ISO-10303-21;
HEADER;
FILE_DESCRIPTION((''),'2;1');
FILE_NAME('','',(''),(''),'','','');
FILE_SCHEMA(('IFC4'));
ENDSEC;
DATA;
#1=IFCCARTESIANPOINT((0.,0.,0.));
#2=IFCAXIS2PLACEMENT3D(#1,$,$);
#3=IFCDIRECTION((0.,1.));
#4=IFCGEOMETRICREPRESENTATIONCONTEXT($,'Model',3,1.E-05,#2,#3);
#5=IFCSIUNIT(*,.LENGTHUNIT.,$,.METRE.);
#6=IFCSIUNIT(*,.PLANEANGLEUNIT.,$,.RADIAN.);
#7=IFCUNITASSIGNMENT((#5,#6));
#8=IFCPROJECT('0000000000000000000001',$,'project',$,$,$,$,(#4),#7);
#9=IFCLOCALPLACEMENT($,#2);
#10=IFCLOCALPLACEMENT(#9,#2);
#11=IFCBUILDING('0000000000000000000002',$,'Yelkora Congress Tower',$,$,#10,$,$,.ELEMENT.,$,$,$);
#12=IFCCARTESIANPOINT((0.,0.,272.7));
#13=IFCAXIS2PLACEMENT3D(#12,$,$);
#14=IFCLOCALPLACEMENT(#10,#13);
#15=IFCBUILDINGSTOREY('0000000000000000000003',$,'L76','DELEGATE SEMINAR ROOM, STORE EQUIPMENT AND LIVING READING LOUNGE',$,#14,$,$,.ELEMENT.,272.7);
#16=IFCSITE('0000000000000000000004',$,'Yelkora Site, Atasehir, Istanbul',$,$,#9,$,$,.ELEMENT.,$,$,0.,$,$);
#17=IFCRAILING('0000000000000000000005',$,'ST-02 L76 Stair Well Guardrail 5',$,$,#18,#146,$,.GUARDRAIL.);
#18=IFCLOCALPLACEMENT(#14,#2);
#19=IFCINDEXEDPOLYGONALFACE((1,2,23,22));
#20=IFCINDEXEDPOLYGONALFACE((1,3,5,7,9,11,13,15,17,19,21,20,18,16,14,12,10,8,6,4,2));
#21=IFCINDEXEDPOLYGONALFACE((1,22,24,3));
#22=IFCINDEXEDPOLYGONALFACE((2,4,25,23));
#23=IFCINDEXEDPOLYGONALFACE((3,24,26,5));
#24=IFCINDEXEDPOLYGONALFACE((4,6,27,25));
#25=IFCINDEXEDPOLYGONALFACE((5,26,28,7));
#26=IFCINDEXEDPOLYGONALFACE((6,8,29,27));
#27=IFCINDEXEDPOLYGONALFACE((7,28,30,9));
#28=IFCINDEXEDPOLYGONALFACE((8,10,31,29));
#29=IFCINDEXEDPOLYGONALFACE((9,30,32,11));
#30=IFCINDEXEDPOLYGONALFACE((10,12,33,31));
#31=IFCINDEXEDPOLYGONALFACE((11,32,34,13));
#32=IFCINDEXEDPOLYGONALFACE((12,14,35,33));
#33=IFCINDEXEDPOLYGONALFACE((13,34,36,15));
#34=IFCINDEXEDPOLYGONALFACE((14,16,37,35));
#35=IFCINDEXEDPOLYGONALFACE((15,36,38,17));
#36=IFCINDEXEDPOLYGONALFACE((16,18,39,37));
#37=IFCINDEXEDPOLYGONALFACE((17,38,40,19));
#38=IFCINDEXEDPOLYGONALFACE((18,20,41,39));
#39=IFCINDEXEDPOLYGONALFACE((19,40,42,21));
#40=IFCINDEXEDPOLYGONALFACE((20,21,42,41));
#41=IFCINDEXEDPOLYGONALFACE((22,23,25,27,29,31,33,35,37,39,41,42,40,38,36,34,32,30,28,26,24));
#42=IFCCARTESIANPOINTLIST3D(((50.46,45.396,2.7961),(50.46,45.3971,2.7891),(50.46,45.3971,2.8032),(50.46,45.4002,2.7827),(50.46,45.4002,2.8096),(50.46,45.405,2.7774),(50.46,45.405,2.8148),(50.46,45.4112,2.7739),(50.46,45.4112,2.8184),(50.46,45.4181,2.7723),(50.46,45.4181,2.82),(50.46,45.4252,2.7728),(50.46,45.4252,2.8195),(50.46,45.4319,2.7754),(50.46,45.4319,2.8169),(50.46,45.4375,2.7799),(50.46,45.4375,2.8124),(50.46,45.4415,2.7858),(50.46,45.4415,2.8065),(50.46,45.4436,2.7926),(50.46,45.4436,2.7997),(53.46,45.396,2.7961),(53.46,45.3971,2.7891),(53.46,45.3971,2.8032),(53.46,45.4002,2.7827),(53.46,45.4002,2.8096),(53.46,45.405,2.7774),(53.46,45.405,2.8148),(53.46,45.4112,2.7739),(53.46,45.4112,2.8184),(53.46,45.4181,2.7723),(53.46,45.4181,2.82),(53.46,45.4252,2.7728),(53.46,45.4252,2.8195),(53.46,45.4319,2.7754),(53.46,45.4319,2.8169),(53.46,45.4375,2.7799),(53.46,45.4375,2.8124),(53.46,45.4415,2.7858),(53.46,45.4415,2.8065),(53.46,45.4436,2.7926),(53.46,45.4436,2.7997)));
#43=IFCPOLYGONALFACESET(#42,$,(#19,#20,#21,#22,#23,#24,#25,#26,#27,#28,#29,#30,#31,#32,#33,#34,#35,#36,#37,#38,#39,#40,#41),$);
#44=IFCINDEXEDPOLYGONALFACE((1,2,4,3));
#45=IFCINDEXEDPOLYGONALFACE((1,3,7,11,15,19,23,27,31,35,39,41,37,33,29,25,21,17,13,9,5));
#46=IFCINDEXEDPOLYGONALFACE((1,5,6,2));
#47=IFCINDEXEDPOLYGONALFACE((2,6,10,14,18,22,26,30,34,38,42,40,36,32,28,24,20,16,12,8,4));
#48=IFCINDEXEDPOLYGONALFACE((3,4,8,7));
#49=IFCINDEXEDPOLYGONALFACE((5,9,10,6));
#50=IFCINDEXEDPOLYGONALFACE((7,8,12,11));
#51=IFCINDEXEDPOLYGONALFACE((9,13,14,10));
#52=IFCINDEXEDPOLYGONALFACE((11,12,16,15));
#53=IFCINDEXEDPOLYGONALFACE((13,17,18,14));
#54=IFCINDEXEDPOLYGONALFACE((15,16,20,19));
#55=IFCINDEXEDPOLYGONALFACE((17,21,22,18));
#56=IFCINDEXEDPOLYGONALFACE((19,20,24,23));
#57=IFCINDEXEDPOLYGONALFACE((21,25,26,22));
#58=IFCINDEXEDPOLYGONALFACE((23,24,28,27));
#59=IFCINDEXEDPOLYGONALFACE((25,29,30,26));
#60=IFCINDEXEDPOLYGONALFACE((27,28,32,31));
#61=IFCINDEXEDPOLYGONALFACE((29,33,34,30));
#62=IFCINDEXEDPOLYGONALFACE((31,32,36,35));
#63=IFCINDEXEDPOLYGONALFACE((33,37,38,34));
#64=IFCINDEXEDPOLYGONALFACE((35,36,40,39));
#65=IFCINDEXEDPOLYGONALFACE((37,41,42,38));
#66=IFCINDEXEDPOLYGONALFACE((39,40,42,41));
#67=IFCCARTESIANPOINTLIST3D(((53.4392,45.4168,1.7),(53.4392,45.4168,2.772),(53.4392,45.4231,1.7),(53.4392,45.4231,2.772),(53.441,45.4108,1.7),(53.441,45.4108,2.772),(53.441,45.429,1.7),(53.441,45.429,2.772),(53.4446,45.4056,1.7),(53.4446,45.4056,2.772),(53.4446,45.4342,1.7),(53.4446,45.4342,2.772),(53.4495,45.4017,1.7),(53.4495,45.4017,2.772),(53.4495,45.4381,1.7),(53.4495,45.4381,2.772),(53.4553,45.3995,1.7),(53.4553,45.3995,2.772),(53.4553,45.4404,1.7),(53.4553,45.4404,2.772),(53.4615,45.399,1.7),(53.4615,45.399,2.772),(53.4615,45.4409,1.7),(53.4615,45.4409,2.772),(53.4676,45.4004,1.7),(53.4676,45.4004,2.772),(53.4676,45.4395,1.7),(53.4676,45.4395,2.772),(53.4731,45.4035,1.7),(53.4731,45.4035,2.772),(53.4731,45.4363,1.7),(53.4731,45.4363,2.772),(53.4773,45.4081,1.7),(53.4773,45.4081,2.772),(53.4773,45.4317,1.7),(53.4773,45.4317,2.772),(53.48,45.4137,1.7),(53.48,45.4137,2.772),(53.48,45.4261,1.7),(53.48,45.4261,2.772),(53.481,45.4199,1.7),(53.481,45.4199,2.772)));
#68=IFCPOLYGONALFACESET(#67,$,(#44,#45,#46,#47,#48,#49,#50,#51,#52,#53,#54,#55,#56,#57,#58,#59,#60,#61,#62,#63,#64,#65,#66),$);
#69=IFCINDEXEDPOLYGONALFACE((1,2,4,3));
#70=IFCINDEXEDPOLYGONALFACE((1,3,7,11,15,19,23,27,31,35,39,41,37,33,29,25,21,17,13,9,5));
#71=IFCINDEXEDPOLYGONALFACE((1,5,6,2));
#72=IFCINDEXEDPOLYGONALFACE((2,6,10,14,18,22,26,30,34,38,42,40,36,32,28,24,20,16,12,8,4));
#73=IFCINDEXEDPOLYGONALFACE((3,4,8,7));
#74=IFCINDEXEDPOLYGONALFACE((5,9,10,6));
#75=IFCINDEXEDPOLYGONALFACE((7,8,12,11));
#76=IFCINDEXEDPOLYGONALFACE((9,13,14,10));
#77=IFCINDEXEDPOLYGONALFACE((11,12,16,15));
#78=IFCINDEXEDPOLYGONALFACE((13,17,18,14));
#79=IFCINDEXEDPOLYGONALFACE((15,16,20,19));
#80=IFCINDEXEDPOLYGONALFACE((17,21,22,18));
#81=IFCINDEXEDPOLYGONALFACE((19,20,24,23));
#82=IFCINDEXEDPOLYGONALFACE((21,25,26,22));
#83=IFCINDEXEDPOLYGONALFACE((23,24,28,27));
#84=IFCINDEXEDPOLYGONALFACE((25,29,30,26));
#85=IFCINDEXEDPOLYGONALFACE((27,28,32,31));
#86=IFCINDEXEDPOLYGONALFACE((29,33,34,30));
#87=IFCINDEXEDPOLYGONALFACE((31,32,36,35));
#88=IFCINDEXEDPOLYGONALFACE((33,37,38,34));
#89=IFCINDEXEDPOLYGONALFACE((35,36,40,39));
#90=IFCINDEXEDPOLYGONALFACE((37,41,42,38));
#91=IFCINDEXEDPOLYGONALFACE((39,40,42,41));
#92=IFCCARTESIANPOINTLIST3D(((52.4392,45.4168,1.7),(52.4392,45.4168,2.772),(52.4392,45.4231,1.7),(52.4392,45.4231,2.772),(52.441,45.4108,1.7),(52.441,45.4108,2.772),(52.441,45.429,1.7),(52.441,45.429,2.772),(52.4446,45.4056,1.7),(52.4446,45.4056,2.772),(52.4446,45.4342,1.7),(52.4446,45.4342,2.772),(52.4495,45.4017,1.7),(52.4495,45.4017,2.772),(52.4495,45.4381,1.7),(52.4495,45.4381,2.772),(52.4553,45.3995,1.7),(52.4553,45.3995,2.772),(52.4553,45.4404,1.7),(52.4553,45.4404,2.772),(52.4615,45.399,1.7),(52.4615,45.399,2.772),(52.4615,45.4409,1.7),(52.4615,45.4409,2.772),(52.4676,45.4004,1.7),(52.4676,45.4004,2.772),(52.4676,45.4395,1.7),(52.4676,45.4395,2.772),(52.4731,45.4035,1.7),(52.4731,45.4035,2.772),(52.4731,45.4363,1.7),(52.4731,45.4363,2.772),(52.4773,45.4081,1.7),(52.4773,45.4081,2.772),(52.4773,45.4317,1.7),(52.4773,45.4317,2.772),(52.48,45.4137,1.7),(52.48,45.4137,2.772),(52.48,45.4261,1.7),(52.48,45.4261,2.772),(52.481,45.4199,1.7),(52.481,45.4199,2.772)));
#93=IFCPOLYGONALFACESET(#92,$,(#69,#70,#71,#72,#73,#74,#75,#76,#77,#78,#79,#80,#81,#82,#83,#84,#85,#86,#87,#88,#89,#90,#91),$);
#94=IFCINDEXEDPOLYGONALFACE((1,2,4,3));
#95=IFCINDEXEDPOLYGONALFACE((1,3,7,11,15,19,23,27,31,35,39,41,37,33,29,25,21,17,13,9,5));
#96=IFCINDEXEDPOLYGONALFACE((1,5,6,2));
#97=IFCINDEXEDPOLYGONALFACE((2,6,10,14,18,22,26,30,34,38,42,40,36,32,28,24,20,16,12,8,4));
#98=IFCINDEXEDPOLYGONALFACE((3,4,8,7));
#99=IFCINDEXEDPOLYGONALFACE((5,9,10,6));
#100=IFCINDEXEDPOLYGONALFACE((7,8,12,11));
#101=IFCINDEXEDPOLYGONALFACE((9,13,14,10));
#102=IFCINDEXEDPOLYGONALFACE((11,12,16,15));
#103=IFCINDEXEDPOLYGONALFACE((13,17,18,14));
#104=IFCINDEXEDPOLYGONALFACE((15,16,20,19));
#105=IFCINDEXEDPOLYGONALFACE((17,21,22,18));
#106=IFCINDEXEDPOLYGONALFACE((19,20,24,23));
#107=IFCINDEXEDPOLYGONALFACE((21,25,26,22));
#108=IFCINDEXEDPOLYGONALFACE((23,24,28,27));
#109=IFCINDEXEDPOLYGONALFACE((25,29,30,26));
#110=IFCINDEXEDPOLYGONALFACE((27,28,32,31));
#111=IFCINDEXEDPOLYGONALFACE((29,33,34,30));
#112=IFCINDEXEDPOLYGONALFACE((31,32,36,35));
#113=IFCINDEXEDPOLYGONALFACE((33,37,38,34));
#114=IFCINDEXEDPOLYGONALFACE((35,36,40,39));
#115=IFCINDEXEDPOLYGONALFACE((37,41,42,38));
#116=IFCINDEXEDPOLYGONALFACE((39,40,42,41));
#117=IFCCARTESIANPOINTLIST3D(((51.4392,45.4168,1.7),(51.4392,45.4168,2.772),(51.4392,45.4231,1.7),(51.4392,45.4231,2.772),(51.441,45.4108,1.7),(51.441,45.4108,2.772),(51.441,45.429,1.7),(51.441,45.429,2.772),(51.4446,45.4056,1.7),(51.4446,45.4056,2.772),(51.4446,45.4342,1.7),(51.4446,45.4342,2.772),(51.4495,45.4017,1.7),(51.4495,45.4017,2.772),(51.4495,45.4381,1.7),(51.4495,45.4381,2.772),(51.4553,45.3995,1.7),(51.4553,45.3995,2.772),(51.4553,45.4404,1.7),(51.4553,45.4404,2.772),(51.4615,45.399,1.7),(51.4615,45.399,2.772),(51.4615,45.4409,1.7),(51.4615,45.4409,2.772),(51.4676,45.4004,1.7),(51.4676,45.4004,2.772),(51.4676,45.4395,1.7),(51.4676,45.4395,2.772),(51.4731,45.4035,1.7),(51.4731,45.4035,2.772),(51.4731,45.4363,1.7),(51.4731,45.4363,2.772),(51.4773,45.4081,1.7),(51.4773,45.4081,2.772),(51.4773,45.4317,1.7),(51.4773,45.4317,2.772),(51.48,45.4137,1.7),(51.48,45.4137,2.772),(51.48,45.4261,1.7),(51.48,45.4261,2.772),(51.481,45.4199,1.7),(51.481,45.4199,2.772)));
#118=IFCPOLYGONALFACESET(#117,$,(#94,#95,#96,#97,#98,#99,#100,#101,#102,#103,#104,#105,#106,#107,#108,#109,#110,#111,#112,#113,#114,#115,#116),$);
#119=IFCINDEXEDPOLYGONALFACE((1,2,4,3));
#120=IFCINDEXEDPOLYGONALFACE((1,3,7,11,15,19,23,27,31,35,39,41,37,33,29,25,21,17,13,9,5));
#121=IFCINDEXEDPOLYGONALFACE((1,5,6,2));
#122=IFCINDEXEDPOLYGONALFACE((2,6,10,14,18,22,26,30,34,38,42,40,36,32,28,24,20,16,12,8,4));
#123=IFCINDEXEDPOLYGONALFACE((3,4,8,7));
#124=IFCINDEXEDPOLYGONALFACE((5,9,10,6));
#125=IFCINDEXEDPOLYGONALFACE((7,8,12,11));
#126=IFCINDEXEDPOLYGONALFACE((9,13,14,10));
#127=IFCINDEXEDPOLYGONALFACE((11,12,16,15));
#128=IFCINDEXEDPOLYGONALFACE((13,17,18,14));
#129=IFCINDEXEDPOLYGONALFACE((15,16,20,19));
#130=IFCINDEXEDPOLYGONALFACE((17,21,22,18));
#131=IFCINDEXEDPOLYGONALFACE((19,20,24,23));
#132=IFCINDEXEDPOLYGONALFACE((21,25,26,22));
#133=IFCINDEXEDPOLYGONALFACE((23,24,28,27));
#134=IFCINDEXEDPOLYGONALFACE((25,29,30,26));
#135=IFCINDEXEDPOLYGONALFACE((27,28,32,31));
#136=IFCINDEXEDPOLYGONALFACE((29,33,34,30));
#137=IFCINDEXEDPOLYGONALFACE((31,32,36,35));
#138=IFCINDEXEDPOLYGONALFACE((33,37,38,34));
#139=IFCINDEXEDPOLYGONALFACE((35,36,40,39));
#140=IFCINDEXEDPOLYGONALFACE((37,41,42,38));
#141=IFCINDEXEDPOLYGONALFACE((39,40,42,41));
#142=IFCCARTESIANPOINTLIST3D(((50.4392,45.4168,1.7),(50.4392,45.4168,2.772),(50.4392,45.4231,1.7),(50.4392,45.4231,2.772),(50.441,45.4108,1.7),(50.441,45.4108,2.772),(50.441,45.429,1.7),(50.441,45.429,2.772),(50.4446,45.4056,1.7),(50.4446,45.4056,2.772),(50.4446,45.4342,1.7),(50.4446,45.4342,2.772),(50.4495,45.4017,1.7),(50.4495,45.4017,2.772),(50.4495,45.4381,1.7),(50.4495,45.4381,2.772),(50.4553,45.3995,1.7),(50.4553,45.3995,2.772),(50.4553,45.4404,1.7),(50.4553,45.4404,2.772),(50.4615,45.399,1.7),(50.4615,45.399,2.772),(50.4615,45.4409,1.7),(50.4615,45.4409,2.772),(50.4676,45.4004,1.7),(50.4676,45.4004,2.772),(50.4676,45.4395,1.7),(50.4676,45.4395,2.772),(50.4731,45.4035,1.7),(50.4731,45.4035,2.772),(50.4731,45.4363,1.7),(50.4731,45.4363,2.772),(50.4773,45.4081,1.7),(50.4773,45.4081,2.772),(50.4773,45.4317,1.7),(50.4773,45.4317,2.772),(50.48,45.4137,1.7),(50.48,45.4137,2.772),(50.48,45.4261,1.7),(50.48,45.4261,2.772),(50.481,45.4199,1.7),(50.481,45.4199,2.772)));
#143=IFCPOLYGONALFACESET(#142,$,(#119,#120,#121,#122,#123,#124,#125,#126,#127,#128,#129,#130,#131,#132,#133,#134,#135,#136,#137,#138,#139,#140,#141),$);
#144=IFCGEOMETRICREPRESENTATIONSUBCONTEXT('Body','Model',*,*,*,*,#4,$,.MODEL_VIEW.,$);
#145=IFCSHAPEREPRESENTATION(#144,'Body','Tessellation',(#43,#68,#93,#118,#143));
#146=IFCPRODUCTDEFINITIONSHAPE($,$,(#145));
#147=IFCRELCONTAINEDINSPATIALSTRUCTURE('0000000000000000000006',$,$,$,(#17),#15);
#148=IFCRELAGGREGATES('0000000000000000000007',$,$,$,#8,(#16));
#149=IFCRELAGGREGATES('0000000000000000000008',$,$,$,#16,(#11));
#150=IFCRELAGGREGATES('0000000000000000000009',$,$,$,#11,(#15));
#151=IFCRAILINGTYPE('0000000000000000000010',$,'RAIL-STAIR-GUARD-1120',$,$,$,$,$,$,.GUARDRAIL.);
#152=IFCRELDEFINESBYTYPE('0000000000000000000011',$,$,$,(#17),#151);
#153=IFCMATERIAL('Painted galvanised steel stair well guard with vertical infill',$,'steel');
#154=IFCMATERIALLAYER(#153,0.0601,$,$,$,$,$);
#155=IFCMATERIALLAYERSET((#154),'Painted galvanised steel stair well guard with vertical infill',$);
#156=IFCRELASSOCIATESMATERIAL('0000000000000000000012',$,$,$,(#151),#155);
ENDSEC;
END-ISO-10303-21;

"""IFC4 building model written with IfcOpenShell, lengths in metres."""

from ifc_helpers import new_model, si_unit, direction, frame, origin, origin_2d, place, context, subcontext, project, spatial, circle, extrude, material, layer, layer_set, type_object, element, save


model = new_model("IFC4")

# Units and contexts
model_context = context("Model", 3, precision=1e-05, world=origin(), true_north=direction((0.0, 1.0)))
body_context = subcontext(model_context, "Body", "Model", "MODEL_VIEW")
ifc_project = project(units=[si_unit("LENGTHUNIT", "METRE"), si_unit("PLANEANGLEUNIT", "RADIAN")], contexts=[model_context])

# Site, building, storey
site_placement = place(None, origin())
site = spatial("IfcSite", under=ifc_project, at=site_placement, Name="Yelkora Site, Atasehir, Istanbul", CompositionType="ELEMENT", RefElevation=0.0)
building_placement = place(site_placement, origin())
building = spatial("IfcBuilding", under=site, at=building_placement, Name="Yelkora Congress Tower", CompositionType="ELEMENT")
storey_placement = place(building_placement, frame((0.0, 0.0, 272.7)))
storey = spatial("IfcBuildingStorey", under=building, at=storey_placement, Name="L76", Description="DELEGATE SEMINAR ROOM, STORE EQUIPMENT AND LIVING READING LOUNGE", CompositionType="ELEMENT", Elevation=272.7)

# Railing
ifc_material_1 = material(Name="Painted galvanised steel stair well guard with vertical infill", Category="steel")
ifc_layer_1 = layer(ifc_material_1, 0.0601)
ifc_layer_set_1 = layer_set([ifc_layer_1], Name="Painted galvanised steel stair well guard with vertical infill")
railing_type_1 = type_object("IfcRailingType", Name="RAIL-STAIR-GUARD-1120", PredefinedType="GUARDRAIL", material=ifc_layer_set_1)
railing_1_placement = place(storey_placement, frame((53.46, 45.4199, 1.7)))
element("IfcRailing", 1, at=railing_1_placement, inside=storey, type_object=railing_type_1, Name="ST-02 L76 Stair Well Guardrail 5", PredefinedType="GUARDRAIL", context=body_context, shape_type="SweptSolid", body=[
    extrude(circle(Radius=0.0239, at=origin_2d()), frame((0.0, 0.0, 1.0962), z_axis=(-1.0, 0.0, 0.0), x_axis=(0.0, -1.0, 0.0)), (0.0, 0.0, 1.0), 3.0),
    extrude(circle(Radius=0.021, at=origin_2d()), origin(), (0.0, 0.0, 1.0), 1.072),
    extrude(circle(Radius=0.021, at=origin_2d()), frame((-1.0, 0.0, 0.0)), (0.0, 0.0, 1.0), 1.072),
    extrude(circle(Radius=0.021, at=origin_2d()), frame((-2.0, 0.0, 0.0)), (0.0, 0.0, 1.0), 1.072),
    extrude(circle(Radius=0.021, at=origin_2d()), frame((-3.0, 0.0, 0.0)), (0.0, 0.0, 1.0), 1.072),
])

save(model, "model.ifc")
